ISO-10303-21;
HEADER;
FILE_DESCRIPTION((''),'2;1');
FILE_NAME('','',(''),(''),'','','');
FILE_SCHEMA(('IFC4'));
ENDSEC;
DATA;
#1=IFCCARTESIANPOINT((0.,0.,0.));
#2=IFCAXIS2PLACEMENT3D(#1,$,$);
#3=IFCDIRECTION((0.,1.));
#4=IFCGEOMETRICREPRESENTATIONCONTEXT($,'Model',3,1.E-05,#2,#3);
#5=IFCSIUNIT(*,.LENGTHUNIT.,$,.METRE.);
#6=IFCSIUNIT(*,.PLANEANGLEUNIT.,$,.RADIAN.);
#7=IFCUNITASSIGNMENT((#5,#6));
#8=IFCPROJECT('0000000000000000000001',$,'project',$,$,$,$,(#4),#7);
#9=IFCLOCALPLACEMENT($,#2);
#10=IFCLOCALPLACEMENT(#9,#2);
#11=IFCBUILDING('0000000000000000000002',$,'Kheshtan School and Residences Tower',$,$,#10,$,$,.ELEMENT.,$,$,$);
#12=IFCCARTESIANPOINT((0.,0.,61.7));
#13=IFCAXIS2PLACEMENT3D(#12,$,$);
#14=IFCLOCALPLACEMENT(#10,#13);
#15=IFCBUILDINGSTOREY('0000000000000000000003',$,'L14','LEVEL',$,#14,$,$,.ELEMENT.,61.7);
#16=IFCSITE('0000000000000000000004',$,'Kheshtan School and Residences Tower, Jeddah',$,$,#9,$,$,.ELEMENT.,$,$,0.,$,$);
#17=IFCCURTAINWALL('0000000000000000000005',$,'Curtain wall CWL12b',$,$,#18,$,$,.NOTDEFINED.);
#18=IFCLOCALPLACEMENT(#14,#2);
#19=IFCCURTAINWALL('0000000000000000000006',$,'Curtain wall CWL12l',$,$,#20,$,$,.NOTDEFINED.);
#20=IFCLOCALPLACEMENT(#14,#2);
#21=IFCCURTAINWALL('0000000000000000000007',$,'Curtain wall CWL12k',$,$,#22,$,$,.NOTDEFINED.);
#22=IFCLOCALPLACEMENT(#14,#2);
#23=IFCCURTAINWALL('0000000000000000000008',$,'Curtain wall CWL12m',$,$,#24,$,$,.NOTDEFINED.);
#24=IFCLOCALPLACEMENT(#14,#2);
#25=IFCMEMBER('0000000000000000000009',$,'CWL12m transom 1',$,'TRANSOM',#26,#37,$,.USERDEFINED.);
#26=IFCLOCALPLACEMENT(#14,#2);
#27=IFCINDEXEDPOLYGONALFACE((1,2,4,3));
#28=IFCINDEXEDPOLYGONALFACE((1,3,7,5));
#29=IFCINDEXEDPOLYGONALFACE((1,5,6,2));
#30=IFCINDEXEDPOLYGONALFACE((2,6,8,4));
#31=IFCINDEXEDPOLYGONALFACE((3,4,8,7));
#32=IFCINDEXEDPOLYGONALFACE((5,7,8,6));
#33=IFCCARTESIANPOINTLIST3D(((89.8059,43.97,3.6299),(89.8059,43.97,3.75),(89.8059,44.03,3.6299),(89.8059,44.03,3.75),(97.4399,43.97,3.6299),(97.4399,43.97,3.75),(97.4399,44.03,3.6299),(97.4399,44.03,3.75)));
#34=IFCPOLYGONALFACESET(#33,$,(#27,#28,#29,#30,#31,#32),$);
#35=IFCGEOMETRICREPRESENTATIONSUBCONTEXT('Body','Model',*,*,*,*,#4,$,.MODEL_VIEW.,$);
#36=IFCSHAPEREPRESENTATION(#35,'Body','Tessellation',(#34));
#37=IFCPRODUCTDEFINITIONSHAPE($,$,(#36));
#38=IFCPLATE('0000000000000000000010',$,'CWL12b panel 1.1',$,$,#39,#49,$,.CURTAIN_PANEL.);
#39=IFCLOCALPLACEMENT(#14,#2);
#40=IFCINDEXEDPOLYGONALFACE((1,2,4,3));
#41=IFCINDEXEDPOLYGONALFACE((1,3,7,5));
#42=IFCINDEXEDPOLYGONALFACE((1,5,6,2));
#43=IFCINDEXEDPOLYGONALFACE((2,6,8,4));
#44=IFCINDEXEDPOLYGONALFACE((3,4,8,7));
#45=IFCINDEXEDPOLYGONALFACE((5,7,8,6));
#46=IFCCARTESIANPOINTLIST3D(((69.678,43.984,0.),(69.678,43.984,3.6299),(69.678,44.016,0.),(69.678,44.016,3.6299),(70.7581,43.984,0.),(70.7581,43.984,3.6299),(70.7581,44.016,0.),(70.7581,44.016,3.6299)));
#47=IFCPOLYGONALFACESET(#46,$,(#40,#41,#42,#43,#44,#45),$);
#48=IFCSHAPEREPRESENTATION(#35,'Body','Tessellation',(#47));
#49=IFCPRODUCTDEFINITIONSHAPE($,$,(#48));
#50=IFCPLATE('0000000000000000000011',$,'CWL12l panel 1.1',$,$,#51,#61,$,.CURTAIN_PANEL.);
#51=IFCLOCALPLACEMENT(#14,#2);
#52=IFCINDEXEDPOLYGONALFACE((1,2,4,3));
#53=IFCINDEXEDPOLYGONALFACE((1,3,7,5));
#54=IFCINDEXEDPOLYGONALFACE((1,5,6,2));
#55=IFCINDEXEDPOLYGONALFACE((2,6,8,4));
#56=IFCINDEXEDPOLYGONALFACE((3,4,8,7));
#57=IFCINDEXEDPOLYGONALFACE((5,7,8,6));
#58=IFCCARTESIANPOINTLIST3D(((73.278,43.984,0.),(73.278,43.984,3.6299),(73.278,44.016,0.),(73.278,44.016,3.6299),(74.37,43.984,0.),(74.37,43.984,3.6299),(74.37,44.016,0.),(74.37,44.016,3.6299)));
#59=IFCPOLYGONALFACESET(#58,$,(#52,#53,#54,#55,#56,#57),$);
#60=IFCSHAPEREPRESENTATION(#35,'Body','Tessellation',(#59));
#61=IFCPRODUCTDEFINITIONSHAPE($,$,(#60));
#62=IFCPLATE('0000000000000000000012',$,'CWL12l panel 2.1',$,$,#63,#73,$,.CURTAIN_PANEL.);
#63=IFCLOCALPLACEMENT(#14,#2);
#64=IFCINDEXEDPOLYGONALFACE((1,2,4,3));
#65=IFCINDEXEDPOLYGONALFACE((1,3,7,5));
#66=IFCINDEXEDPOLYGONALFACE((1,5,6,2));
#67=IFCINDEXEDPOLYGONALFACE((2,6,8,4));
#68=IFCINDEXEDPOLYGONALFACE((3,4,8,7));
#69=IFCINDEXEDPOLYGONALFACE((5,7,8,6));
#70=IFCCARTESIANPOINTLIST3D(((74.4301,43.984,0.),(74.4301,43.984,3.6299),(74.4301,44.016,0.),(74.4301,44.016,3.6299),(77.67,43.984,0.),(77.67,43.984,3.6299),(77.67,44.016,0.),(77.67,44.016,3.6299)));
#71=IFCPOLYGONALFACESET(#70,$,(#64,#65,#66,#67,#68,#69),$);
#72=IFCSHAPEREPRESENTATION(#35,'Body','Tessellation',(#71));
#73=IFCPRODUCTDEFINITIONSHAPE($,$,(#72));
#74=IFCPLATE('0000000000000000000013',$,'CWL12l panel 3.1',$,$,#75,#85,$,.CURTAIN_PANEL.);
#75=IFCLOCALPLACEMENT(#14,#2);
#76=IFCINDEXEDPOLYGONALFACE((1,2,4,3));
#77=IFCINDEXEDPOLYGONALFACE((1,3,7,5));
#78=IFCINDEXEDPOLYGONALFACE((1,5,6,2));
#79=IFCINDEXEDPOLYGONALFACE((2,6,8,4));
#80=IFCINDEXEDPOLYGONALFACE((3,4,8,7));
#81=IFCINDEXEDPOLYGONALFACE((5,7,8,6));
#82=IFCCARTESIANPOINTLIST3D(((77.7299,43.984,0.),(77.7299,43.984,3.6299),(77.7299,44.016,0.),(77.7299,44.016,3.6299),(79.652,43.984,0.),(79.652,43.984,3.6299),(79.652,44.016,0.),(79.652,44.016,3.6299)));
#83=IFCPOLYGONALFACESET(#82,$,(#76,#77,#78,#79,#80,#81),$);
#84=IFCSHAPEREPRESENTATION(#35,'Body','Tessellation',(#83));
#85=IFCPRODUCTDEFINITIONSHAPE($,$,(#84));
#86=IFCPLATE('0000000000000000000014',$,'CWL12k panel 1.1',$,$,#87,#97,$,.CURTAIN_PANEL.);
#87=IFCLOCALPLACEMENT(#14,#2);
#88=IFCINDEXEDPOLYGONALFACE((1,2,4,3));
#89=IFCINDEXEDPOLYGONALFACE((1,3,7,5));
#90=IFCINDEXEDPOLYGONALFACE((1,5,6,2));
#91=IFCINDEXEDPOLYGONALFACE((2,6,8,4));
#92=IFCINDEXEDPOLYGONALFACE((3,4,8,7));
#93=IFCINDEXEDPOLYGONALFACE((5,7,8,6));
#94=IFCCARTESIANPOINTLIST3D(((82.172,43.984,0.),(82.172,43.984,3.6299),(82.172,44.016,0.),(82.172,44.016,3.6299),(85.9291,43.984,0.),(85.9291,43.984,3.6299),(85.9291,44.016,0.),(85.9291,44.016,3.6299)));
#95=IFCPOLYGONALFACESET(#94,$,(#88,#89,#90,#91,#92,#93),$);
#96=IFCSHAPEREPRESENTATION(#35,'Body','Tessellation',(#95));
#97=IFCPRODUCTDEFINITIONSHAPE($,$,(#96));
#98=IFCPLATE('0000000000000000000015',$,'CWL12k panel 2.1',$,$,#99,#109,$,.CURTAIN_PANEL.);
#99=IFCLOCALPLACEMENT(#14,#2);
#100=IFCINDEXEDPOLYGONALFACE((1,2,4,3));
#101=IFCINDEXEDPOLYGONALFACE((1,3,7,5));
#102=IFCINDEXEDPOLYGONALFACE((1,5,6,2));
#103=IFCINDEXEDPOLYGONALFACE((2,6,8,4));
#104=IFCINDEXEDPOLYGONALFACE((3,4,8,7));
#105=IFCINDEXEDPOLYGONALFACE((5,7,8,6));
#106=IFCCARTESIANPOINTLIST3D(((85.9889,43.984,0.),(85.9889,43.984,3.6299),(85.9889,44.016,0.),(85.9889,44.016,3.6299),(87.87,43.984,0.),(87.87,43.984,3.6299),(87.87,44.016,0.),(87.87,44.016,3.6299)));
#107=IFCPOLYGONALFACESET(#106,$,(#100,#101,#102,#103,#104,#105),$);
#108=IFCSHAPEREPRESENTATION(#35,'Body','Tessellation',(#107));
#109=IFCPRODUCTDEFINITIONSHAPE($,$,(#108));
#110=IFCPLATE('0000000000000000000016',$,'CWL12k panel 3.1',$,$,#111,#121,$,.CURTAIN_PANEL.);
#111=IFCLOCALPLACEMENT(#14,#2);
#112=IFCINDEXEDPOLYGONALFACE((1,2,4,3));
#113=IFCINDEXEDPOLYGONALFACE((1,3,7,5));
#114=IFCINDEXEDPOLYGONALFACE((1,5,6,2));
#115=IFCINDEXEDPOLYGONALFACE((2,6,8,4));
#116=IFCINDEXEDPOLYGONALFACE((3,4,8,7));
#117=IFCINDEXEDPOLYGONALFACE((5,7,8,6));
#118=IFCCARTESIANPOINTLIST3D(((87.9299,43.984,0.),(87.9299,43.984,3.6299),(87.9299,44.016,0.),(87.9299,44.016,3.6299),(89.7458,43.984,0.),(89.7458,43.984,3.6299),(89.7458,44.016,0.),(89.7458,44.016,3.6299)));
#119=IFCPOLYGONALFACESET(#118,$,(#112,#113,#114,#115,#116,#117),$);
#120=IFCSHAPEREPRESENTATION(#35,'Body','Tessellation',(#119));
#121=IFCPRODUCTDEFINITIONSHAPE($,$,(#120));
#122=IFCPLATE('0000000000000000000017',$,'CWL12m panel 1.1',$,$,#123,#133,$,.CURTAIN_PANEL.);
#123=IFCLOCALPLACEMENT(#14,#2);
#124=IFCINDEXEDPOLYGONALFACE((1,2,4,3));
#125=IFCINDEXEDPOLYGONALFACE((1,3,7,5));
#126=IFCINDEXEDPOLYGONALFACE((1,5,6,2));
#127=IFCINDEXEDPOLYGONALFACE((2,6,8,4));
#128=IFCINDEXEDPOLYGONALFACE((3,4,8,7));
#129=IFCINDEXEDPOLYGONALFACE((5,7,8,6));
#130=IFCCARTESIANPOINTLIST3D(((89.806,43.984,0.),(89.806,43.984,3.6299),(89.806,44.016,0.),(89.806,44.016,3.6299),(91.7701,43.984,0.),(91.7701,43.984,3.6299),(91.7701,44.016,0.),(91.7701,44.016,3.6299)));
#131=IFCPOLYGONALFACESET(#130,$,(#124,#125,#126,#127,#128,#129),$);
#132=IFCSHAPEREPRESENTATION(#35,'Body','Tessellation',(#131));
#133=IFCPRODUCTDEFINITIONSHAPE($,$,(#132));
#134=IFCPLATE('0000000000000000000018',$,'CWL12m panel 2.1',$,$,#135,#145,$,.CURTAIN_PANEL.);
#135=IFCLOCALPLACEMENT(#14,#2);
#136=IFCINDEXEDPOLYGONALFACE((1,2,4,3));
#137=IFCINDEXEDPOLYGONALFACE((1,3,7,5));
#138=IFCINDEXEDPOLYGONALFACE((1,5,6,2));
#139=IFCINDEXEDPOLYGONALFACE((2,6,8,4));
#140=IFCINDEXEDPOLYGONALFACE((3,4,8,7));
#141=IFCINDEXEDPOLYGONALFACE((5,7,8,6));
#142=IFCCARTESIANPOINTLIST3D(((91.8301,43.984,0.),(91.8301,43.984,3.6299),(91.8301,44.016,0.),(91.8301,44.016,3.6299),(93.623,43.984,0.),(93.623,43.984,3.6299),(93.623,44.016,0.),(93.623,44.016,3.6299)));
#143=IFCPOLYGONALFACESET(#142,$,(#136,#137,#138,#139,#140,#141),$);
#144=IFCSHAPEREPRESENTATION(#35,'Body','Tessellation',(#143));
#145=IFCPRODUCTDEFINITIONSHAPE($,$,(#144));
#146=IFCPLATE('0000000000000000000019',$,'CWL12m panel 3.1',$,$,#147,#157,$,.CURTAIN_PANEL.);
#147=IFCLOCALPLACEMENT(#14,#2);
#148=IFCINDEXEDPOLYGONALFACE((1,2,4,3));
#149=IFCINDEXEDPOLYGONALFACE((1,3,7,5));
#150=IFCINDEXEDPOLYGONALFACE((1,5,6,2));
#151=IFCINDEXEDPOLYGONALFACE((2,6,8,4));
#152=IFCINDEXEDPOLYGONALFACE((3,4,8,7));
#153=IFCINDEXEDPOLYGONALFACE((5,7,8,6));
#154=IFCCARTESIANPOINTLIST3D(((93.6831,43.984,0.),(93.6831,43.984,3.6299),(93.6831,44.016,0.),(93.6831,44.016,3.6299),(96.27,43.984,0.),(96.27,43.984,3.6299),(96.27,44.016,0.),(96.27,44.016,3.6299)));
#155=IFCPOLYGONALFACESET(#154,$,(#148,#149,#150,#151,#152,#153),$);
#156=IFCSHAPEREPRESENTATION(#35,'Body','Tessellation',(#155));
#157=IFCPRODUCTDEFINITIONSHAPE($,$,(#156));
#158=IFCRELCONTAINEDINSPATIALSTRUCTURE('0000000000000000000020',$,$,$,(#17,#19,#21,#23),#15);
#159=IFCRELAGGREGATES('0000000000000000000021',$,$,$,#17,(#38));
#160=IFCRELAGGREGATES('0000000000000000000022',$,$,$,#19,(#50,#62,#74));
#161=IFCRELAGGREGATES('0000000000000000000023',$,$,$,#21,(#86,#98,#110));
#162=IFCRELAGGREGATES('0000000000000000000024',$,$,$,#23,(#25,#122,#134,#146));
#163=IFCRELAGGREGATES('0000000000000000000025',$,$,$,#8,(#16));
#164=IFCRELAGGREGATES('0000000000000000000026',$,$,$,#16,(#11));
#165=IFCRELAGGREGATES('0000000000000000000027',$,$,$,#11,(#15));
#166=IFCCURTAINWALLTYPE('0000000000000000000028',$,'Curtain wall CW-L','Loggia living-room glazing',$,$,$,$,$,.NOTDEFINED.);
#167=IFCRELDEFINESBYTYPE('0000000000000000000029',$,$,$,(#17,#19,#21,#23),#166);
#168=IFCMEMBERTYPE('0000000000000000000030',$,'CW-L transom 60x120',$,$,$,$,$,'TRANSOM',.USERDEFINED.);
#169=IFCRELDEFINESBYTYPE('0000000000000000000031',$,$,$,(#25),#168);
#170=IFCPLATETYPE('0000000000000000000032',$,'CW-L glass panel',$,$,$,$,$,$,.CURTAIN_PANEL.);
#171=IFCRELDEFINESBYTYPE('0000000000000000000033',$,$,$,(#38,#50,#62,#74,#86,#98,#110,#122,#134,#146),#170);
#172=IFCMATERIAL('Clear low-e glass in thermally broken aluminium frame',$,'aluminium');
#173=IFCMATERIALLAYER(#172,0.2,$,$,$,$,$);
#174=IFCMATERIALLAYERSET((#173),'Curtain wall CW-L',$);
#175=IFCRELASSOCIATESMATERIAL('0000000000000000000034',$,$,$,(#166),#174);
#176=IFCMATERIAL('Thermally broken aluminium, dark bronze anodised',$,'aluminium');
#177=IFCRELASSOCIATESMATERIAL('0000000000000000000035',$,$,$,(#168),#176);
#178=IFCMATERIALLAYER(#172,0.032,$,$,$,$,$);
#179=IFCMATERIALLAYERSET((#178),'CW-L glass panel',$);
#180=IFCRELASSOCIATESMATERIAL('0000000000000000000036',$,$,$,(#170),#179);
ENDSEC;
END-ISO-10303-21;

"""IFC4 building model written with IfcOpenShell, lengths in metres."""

from ifc_helpers import new_model, si_unit, direction, frame, origin, origin_2d, place, context, subcontext, project, spatial, rectangle, extrude, material, layer, layer_set, material_profile, profile_set, type_object, element, aggregate, save


model = new_model("IFC4")

# Units and contexts
model_context = context("Model", 3, precision=1e-05, world=origin(), true_north=direction((0.0, 1.0)))
body_context = subcontext(model_context, "Body", "Model", "MODEL_VIEW")
ifc_project = project(units=[si_unit("LENGTHUNIT", "METRE"), si_unit("PLANEANGLEUNIT", "RADIAN")], contexts=[model_context])

# Site, building, storey
site_placement = place(None, origin())
site = spatial("IfcSite", under=ifc_project, at=site_placement, Name="Kheshtan School and Residences Tower, Jeddah", CompositionType="ELEMENT", RefElevation=0.0)
building_placement = place(site_placement, origin())
building = spatial("IfcBuilding", under=site, at=building_placement, Name="Kheshtan School and Residences Tower", CompositionType="ELEMENT")
storey_placement = place(building_placement, frame((0.0, 0.0, 61.7)))
storey = spatial("IfcBuildingStorey", under=building, at=storey_placement, Name="L14", Description="LEVEL", CompositionType="ELEMENT", Elevation=61.7)

# Curtain walls
ifc_material_1 = material(Name="Clear low-e glass in thermally broken aluminium frame", Category="aluminium")
ifc_layer_1 = layer(ifc_material_1, 0.2)
ifc_layer_set_1 = layer_set([ifc_layer_1], Name="Curtain wall CW-L")
curtain_wall_type = type_object("IfcCurtainWallType", Name="Curtain wall CW-L", Description="Loggia living-room glazing", PredefinedType="NOTDEFINED", material=ifc_layer_set_1)
curtain_wall_1_placement = place(storey_placement, origin())
curtain_wall_1 = element("IfcCurtainWall", 1, at=curtain_wall_1_placement, inside=storey, type_object=curtain_wall_type, Name="Curtain wall CWL12b", PredefinedType="NOTDEFINED")
ifc_material_2 = material(Name="Thermally broken aluminium, dark bronze anodised", Category="aluminium")
curtain_wall_2_placement = place(storey_placement, origin())
curtain_wall_2 = element("IfcCurtainWall", 2, at=curtain_wall_2_placement, inside=storey, type_object=curtain_wall_type, Name="Curtain wall CWL12l", PredefinedType="NOTDEFINED")
curtain_wall_3_placement = place(storey_placement, origin())
curtain_wall_3 = element("IfcCurtainWall", 3, at=curtain_wall_3_placement, inside=storey, type_object=curtain_wall_type, Name="Curtain wall CWL12k", PredefinedType="NOTDEFINED")
curtain_wall_4_placement = place(storey_placement, origin())
curtain_wall_4 = element("IfcCurtainWall", 4, at=curtain_wall_4_placement, inside=storey, type_object=curtain_wall_type, Name="Curtain wall CWL12m", PredefinedType="NOTDEFINED")

# Member
ifc_material_profile_1 = material_profile(ifc_material_2, rectangle(XDim=0.0601, YDim=0.1201, at=origin_2d()), Name="CW-L transom 60x120")
ifc_profile_set_1 = profile_set([ifc_material_profile_1], Name="Thermally broken aluminium, dark bronze anodised")
member_type_1 = type_object("IfcMemberType", Name="CW-L transom 60x120", ElementType="TRANSOM", PredefinedType="USERDEFINED", material=ifc_profile_set_1)
member_1_placement = place(storey_placement, frame((89.8059, 44.0, 3.6899), z_axis=(1.0, 0.0, 0.0), x_axis=(0.0, 1.0, 0.0)))
member_1 = element("IfcMember", 5, at=member_1_placement, type_object=member_type_1, Name="CWL12m transom 1", ObjectType="TRANSOM", PredefinedType="USERDEFINED", context=body_context, shape_type="SweptSolid", body=[
    extrude(rectangle(XDim=0.0601, YDim=0.1201, at=origin_2d()), origin(), (0.0, 0.0, 1.0), 7.634),
])

# Plates
ifc_layer_2 = layer(ifc_material_1, 0.032)
ifc_layer_set_2 = layer_set([ifc_layer_2], Name="CW-L glass panel")
plate_type = type_object("IfcPlateType", Name="CW-L glass panel", PredefinedType="CURTAIN_PANEL", material=ifc_layer_set_2)
plate_1_placement = place(storey_placement, frame((70.218, 44.0, 0.0), z_axis=(0.0, 0.0, 1.0), x_axis=(1.0, 0.0, 0.0)))
plate_1 = element("IfcPlate", 6, at=plate_1_placement, type_object=plate_type, Name="CWL12b panel 1.1", PredefinedType="CURTAIN_PANEL", context=body_context, shape_type="SweptSolid", body=[
    extrude(rectangle(XDim=1.0801, YDim=0.032, at=origin_2d()), origin(), (0.0, 0.0, 1.0), 3.6299),
])
aggregate(curtain_wall_1, [plate_1])
plate_2_placement = place(storey_placement, frame((73.824, 44.0, 0.0), z_axis=(0.0, 0.0, 1.0), x_axis=(1.0, 0.0, 0.0)))
plate_2 = element("IfcPlate", 7, at=plate_2_placement, type_object=plate_type, Name="CWL12l panel 1.1", PredefinedType="CURTAIN_PANEL", context=body_context, shape_type="SweptSolid", body=[
    extrude(rectangle(XDim=1.092, YDim=0.032, at=origin_2d()), origin(), (0.0, 0.0, 1.0), 3.6299),
])
plate_3_placement = place(storey_placement, frame((76.05, 44.0, 0.0), z_axis=(0.0, 0.0, 1.0), x_axis=(1.0, 0.0, 0.0)))
plate_3 = element("IfcPlate", 8, at=plate_3_placement, type_object=plate_type, Name="CWL12l panel 2.1", PredefinedType="CURTAIN_PANEL", context=body_context, shape_type="SweptSolid", body=[
    extrude(rectangle(XDim=3.24, YDim=0.032, at=origin_2d()), origin(), (0.0, 0.0, 1.0), 3.6299),
])
plate_4_placement = place(storey_placement, frame((78.6909, 44.0, 0.0), z_axis=(0.0, 0.0, 1.0), x_axis=(1.0, 0.0, 0.0)))
plate_4 = element("IfcPlate", 9, at=plate_4_placement, type_object=plate_type, Name="CWL12l panel 3.1", PredefinedType="CURTAIN_PANEL", context=body_context, shape_type="SweptSolid", body=[
    extrude(rectangle(XDim=1.9221, YDim=0.032, at=origin_2d()), origin(), (0.0, 0.0, 1.0), 3.6299),
])
aggregate(curtain_wall_2, [plate_2, plate_3, plate_4])
plate_5_placement = place(storey_placement, frame((84.0505, 44.0, 0.0), z_axis=(0.0, 0.0, 1.0), x_axis=(1.0, 0.0, 0.0)))
plate_5 = element("IfcPlate", 10, at=plate_5_placement, type_object=plate_type, Name="CWL12k panel 1.1", PredefinedType="CURTAIN_PANEL", context=body_context, shape_type="SweptSolid", body=[
    extrude(rectangle(XDim=3.7571, YDim=0.032, at=origin_2d()), origin(), (0.0, 0.0, 1.0), 3.6299),
])
plate_6_placement = place(storey_placement, frame((86.9294, 44.0, 0.0), z_axis=(0.0, 0.0, 1.0), x_axis=(1.0, 0.0, 0.0)))
plate_6 = element("IfcPlate", 11, at=plate_6_placement, type_object=plate_type, Name="CWL12k panel 2.1", PredefinedType="CURTAIN_PANEL", context=body_context, shape_type="SweptSolid", body=[
    extrude(rectangle(XDim=1.8811, YDim=0.032, at=origin_2d()), origin(), (0.0, 0.0, 1.0), 3.6299),
])
plate_7_placement = place(storey_placement, frame((88.8379, 44.0, 0.0), z_axis=(0.0, 0.0, 1.0), x_axis=(1.0, 0.0, 0.0)))
plate_7 = element("IfcPlate", 12, at=plate_7_placement, type_object=plate_type, Name="CWL12k panel 3.1", PredefinedType="CURTAIN_PANEL", context=body_context, shape_type="SweptSolid", body=[
    extrude(rectangle(XDim=1.8159, YDim=0.032, at=origin_2d()), origin(), (0.0, 0.0, 1.0), 3.6299),
])
aggregate(curtain_wall_3, [plate_5, plate_6, plate_7])
plate_8_placement = place(storey_placement, frame((90.7881, 44.0, 0.0), z_axis=(0.0, 0.0, 1.0), x_axis=(1.0, 0.0, 0.0)))
plate_8 = element("IfcPlate", 13, at=plate_8_placement, type_object=plate_type, Name="CWL12m panel 1.1", PredefinedType="CURTAIN_PANEL", context=body_context, shape_type="SweptSolid", body=[
    extrude(rectangle(XDim=1.9641, YDim=0.032, at=origin_2d()), origin(), (0.0, 0.0, 1.0), 3.6299),
])
plate_9_placement = place(storey_placement, frame((92.7266, 44.0, 0.0), z_axis=(0.0, 0.0, 1.0), x_axis=(1.0, 0.0, 0.0)))
plate_9 = element("IfcPlate", 14, at=plate_9_placement, type_object=plate_type, Name="CWL12m panel 2.1", PredefinedType="CURTAIN_PANEL", context=body_context, shape_type="SweptSolid", body=[
    extrude(rectangle(XDim=1.793, YDim=0.032, at=origin_2d()), origin(), (0.0, 0.0, 1.0), 3.6299),
])
plate_10_placement = place(storey_placement, frame((94.9766, 44.0, 0.0), z_axis=(0.0, 0.0, 1.0), x_axis=(1.0, 0.0, 0.0)))
plate_10 = element("IfcPlate", 15, at=plate_10_placement, type_object=plate_type, Name="CWL12m panel 3.1", PredefinedType="CURTAIN_PANEL", context=body_context, shape_type="SweptSolid", body=[
    extrude(rectangle(XDim=2.5869, YDim=0.032, at=origin_2d()), origin(), (0.0, 0.0, 1.0), 3.6299),
])
aggregate(curtain_wall_4, [member_1, plate_8, plate_9, plate_10])

save(model, "model.ifc")
